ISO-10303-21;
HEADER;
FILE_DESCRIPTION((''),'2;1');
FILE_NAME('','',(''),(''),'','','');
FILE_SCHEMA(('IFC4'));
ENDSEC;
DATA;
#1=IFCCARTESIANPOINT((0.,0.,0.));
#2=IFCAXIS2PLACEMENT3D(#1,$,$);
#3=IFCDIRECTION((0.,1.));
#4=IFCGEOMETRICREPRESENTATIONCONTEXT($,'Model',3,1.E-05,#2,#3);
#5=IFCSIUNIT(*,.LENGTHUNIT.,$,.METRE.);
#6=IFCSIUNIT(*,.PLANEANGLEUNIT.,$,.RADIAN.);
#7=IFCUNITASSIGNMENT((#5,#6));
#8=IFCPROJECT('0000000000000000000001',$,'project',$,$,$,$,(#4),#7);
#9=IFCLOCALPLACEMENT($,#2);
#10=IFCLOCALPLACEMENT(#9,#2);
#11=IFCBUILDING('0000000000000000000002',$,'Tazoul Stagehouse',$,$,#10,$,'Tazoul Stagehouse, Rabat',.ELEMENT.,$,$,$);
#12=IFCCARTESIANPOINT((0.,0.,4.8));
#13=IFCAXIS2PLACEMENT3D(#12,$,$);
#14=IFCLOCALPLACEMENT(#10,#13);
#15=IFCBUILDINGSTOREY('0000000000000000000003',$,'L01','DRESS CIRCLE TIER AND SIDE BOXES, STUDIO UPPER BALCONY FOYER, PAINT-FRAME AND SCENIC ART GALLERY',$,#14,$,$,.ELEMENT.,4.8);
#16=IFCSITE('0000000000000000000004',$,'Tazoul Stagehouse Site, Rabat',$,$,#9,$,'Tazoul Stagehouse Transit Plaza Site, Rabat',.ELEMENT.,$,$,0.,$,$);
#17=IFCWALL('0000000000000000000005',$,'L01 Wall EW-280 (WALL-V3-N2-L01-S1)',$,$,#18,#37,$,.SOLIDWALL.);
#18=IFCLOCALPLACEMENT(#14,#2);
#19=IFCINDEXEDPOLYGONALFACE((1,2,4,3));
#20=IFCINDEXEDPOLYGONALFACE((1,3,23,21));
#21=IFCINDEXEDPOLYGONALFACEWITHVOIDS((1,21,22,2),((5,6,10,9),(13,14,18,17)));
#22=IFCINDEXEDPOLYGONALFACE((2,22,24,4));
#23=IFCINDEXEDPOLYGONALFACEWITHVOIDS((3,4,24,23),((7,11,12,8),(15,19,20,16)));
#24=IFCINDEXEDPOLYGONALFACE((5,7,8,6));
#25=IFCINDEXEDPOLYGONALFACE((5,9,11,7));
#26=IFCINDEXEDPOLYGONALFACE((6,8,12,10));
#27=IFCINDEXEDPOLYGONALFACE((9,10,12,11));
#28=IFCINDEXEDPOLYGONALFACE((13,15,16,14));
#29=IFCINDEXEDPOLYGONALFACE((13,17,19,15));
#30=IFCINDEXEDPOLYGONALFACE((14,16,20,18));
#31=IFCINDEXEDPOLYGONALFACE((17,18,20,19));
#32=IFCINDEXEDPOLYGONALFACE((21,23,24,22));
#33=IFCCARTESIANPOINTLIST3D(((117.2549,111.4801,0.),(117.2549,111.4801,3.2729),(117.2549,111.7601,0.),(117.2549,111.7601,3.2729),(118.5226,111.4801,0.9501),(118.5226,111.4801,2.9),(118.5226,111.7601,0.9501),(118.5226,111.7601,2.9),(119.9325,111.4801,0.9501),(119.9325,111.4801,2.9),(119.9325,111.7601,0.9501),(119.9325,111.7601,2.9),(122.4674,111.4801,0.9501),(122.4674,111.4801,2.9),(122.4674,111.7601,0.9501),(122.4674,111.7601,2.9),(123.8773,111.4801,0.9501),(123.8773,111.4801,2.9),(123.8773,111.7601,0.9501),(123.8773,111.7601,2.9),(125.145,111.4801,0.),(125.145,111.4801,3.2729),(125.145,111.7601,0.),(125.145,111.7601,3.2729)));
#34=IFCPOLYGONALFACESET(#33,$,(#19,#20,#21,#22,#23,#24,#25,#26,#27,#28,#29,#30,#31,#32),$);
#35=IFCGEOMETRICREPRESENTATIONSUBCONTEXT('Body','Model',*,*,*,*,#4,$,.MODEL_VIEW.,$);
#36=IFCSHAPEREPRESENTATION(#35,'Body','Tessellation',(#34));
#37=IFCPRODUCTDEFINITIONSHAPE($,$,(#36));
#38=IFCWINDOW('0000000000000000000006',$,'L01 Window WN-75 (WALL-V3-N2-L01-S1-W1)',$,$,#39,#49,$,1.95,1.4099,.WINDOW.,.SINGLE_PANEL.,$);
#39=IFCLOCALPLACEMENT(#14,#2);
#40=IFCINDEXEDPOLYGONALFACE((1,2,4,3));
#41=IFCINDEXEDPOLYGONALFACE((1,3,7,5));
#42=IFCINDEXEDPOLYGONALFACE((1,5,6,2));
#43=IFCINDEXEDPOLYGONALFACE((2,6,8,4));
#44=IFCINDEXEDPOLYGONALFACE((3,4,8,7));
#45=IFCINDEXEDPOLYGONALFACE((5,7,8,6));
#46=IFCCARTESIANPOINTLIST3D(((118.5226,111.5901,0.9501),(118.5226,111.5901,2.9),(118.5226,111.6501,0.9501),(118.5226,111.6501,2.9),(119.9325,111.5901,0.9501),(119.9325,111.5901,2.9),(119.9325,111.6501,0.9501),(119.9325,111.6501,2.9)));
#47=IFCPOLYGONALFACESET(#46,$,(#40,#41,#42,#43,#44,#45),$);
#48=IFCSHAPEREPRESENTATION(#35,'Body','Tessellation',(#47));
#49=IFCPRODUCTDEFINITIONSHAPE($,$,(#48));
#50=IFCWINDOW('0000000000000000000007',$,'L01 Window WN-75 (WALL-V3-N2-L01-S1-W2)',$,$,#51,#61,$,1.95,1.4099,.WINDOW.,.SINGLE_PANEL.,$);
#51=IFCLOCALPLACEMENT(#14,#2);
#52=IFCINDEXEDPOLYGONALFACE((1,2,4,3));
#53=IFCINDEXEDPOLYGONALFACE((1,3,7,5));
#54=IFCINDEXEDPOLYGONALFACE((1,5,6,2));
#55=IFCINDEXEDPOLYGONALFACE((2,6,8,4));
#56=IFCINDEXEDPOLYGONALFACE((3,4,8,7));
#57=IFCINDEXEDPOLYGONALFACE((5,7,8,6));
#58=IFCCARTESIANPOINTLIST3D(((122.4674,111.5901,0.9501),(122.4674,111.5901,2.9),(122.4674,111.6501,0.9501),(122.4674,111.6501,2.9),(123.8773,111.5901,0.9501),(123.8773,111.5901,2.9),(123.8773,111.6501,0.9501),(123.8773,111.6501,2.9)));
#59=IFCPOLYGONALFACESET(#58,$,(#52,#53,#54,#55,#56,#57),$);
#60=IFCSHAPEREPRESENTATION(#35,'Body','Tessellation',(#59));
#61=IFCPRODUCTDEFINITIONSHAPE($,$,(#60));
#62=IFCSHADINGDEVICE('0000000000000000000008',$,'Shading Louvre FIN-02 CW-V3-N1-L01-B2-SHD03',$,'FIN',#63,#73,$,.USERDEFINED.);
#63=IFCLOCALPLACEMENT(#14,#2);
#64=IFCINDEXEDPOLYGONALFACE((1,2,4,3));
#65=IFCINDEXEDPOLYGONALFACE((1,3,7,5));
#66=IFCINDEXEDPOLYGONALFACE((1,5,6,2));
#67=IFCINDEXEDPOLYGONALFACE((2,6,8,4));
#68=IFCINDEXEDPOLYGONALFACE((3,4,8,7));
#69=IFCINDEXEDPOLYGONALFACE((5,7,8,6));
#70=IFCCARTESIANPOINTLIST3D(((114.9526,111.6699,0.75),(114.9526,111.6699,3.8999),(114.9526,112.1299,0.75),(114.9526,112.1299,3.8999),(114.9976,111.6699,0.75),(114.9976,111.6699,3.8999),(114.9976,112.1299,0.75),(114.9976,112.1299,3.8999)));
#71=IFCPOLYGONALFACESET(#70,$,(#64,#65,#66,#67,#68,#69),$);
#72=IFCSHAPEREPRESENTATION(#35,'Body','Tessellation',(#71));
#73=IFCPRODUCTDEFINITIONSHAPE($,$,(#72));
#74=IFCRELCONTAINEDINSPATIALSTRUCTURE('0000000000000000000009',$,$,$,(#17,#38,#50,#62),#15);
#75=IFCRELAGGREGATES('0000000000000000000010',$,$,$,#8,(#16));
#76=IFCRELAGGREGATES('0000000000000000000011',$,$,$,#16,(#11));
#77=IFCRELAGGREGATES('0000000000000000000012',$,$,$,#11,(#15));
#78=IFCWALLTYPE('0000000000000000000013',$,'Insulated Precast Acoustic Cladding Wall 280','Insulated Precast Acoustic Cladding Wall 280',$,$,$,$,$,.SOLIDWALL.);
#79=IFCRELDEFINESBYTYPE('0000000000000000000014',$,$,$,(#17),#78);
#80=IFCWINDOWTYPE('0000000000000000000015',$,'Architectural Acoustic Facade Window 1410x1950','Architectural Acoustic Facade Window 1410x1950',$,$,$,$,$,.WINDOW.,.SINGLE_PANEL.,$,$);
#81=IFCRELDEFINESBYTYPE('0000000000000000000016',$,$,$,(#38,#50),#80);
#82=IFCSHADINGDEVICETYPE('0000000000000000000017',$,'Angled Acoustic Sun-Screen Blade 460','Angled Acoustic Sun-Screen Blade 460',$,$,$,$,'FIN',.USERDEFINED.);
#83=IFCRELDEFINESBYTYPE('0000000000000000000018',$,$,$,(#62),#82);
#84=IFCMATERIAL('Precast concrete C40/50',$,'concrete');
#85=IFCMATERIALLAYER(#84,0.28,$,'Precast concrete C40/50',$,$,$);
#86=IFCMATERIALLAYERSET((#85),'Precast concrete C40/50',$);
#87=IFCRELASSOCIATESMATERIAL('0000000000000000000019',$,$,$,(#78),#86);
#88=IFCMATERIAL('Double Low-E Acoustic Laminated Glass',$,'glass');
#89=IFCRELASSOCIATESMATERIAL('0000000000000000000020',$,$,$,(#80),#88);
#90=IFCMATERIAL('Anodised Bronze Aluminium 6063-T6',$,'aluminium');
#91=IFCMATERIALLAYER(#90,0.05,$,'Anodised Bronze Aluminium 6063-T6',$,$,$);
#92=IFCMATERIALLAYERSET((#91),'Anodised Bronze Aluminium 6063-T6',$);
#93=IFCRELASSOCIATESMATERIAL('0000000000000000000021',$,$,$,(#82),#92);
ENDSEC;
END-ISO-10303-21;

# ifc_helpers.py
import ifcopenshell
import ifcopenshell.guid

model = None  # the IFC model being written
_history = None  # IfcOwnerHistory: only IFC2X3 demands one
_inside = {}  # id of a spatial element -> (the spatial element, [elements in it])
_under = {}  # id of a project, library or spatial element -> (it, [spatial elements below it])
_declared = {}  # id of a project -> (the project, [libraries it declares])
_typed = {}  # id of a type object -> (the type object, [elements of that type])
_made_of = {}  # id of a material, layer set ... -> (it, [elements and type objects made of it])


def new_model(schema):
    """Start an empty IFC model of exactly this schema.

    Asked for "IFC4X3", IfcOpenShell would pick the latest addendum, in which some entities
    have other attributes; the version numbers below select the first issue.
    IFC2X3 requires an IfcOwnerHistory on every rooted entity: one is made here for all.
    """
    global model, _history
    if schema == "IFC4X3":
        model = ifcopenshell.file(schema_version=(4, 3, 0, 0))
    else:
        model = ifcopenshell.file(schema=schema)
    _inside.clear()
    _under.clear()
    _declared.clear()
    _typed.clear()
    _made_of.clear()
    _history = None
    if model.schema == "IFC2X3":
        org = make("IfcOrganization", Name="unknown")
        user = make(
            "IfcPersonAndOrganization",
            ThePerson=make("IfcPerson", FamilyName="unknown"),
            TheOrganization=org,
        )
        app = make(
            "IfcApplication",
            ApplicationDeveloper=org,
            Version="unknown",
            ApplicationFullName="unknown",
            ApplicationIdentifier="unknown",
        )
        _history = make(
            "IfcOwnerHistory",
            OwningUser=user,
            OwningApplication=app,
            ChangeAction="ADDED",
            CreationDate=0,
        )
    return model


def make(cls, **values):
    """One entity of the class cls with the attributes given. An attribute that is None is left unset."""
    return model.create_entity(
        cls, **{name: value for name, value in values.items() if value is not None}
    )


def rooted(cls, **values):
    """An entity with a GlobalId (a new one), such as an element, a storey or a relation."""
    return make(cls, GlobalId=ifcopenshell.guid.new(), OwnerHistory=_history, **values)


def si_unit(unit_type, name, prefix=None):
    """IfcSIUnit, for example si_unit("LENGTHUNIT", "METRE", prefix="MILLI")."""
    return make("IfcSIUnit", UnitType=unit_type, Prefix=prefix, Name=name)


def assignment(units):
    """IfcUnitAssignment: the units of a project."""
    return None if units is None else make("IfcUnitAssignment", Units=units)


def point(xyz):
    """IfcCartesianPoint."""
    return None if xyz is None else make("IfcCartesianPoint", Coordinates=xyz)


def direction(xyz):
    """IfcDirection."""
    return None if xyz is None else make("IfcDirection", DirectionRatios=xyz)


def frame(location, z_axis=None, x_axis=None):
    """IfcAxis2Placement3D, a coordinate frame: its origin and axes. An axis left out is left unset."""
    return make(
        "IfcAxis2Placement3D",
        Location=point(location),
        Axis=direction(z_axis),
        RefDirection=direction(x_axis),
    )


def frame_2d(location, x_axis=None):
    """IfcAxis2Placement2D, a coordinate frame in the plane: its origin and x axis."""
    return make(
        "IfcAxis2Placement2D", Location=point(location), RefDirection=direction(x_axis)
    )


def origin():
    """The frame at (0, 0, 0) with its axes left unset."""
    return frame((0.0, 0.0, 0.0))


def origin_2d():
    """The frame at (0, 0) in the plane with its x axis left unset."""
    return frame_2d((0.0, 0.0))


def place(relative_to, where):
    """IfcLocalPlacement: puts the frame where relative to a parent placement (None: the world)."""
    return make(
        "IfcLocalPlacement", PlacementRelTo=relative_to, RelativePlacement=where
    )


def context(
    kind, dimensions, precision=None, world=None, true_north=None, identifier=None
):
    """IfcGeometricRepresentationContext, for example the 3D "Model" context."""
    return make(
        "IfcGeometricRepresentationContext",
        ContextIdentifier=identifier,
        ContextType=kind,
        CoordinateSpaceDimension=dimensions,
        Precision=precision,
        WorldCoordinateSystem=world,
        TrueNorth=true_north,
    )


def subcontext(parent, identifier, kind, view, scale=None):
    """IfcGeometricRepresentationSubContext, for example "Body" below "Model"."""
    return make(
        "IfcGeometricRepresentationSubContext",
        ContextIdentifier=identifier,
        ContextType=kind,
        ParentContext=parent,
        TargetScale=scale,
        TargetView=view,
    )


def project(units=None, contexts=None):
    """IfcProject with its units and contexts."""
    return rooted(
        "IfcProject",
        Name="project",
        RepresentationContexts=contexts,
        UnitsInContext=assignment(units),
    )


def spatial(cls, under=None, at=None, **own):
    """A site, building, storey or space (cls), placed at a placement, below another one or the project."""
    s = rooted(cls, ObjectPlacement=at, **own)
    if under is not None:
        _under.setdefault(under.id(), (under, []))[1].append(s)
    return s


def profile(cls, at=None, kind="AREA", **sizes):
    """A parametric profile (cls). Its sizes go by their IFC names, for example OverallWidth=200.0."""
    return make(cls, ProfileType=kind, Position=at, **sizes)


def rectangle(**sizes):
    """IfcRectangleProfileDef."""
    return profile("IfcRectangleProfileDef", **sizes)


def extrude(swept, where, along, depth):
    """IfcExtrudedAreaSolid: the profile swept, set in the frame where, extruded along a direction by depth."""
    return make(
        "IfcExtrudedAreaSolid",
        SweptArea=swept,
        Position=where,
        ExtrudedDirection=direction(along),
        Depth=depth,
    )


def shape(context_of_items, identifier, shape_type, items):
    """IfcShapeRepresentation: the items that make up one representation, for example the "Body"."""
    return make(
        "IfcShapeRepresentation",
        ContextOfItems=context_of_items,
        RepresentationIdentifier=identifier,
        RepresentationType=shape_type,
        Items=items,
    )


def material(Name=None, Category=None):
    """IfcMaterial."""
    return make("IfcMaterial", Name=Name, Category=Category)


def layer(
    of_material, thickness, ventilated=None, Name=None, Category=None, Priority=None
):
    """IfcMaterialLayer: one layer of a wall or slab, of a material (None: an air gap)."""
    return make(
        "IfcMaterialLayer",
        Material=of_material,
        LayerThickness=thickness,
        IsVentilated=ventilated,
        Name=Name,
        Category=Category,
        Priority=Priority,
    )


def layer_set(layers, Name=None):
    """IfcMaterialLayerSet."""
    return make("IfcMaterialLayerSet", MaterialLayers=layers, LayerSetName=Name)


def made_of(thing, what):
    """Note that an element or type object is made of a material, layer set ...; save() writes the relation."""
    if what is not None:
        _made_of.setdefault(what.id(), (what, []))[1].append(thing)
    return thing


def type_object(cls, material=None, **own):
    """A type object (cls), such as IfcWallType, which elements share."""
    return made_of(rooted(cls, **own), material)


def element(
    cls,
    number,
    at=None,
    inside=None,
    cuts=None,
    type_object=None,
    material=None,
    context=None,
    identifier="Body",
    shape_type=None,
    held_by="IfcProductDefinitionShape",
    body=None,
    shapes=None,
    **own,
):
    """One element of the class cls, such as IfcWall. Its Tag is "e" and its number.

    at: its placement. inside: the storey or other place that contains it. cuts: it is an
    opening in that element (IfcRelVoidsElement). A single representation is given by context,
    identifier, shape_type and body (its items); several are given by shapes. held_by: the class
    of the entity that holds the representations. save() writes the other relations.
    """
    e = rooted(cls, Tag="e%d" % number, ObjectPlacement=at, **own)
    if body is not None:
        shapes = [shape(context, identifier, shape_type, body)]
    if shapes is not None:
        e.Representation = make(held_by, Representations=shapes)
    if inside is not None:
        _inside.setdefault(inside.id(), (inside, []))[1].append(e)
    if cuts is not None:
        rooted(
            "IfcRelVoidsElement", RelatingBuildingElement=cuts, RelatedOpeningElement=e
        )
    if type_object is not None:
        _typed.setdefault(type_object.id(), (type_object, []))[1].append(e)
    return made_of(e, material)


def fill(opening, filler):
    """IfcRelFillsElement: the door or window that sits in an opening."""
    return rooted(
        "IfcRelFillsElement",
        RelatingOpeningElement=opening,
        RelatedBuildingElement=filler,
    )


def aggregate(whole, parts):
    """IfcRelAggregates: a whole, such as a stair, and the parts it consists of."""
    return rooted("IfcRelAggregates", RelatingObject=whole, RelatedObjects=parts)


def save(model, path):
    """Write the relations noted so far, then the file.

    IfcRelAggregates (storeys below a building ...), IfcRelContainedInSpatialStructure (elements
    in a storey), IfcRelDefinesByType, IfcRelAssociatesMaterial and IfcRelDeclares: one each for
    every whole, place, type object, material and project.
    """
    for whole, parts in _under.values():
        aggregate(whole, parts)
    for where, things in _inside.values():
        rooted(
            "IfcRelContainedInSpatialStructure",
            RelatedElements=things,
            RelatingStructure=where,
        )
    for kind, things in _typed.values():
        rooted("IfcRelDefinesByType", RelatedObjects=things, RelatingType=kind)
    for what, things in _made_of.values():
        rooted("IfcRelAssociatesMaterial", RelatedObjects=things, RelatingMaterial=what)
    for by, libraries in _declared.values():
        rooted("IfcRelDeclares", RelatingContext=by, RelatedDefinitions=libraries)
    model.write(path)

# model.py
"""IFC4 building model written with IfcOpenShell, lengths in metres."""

from ifc_helpers import new_model, si_unit, direction, frame, frame_2d, origin, origin_2d, place, context, subcontext, project, spatial, rectangle, extrude, material, layer, layer_set, type_object, element, fill, save


model = new_model("IFC4")

# Units and contexts
model_context = context("Model", 3, precision=1e-05, world=origin(), true_north=direction((0.0, 1.0)))
body_context = subcontext(model_context, "Body", "Model", "MODEL_VIEW")
ifc_project = project(units=[si_unit("LENGTHUNIT", "METRE"), si_unit("PLANEANGLEUNIT", "RADIAN")], contexts=[model_context])

# Site, building, storey
site_placement = place(None, origin())
site = spatial("IfcSite", under=ifc_project, at=site_placement, Name="Tazoul Stagehouse Site, Rabat", LongName="Tazoul Stagehouse Transit Plaza Site, Rabat", CompositionType="ELEMENT", RefElevation=0.0)
building_placement = place(site_placement, origin())
building = spatial("IfcBuilding", under=site, at=building_placement, Name="Tazoul Stagehouse", LongName="Tazoul Stagehouse, Rabat", CompositionType="ELEMENT")
storey_placement = place(building_placement, frame((0.0, 0.0, 4.8)))
storey = spatial("IfcBuildingStorey", under=building, at=storey_placement, Name="L01", Description="DRESS CIRCLE TIER AND SIDE BOXES, STUDIO UPPER BALCONY FOYER, PAINT-FRAME AND SCENIC ART GALLERY", CompositionType="ELEMENT", Elevation=4.8)

# Shared definitions
ifc_material_1 = material(Name="Anodised Bronze Aluminium 6063-T6", Category="aluminium")

# Wall, openings, windows
ifc_material_2 = material(Name="Precast concrete C40/50", Category="concrete")
ifc_layer_1 = layer(ifc_material_2, 0.28, Name="Precast concrete C40/50")
ifc_layer_set_1 = layer_set([ifc_layer_1], Name="Precast concrete C40/50")
wall_type_1 = type_object("IfcWallType", Name="Insulated Precast Acoustic Cladding Wall 280", Description="Insulated Precast Acoustic Cladding Wall 280", PredefinedType="SOLIDWALL", material=ifc_layer_set_1)
wall_1_placement = place(storey_placement, frame((117.2549, 111.6201, 0.0), z_axis=(0.0, 0.0, 1.0), x_axis=(1.0, 0.0, 0.0)))
wall_1 = element("IfcWall", 1, at=wall_1_placement, inside=storey, type_object=wall_type_1, Name="L01 Wall EW-280 (WALL-V3-N2-L01-S1)", PredefinedType="SOLIDWALL", context=body_context, shape_type="SweptSolid", body=[
    extrude(rectangle(XDim=7.8901, YDim=0.28, at=frame_2d((3.9451, 0.0))), origin(), (0.0, 0.0, 1.0), 3.2729),
])
opening_1_placement = place(wall_1_placement, frame((1.2676, 0.0, 0.95)))
opening_1 = element("IfcOpeningElement", 2, at=opening_1_placement, cuts=wall_1, PredefinedType="OPENING", context=body_context, shape_type="SweptSolid", body=[
    extrude(rectangle(XDim=1.4099, YDim=1.95, at=frame_2d((0.7051, 0.9751))), frame((0.0, 0.1599, 0.0), z_axis=(0.0, -1.0, 0.0), x_axis=(1.0, 0.0, 0.0)), (0.0, 0.0, 1.0), 0.3201),
])
opening_2_placement = place(wall_1_placement, frame((5.2124, 0.0, 0.95)))
opening_2 = element("IfcOpeningElement", 3, at=opening_2_placement, cuts=wall_1, PredefinedType="OPENING", context=body_context, shape_type="SweptSolid", body=[
    extrude(rectangle(XDim=1.4099, YDim=1.95, at=frame_2d((0.7051, 0.9751))), frame((0.0, 0.1599, 0.0), z_axis=(0.0, -1.0, 0.0), x_axis=(1.0, 0.0, 0.0)), (0.0, 0.0, 1.0), 0.3201),
])
ifc_material_3 = material(Name="Double Low-E Acoustic Laminated Glass", Category="glass")
window_type = type_object("IfcWindowType", Name="Architectural Acoustic Facade Window 1410x1950", Description="Architectural Acoustic Facade Window 1410x1950", PartitioningType="SINGLE_PANEL", PredefinedType="WINDOW", material=ifc_material_3)
window_1_placement = place(opening_1_placement, origin())
window_1 = element("IfcWindow", 4, at=window_1_placement, inside=storey, type_object=window_type, Name="L01 Window WN-75 (WALL-V3-N2-L01-S1-W1)", OverallHeight=1.95, OverallWidth=1.4099, PartitioningType="SINGLE_PANEL", PredefinedType="WINDOW", context=body_context, shape_type="SweptSolid", body=[
    extrude(rectangle(XDim=1.4099, YDim=1.95, at=frame_2d((0.7051, 0.9751))), frame((0.0, 0.03, 0.0), z_axis=(0.0, -1.0, 0.0), x_axis=(1.0, 0.0, 0.0)), (0.0, 0.0, 1.0), 0.0601),
])
fill(opening_1, window_1)
window_2_placement = place(opening_2_placement, origin())
window_2 = element("IfcWindow", 5, at=window_2_placement, inside=storey, type_object=window_type, Name="L01 Window WN-75 (WALL-V3-N2-L01-S1-W2)", OverallHeight=1.95, OverallWidth=1.4099, PartitioningType="SINGLE_PANEL", PredefinedType="WINDOW", context=body_context, shape_type="SweptSolid", body=[
    extrude(rectangle(XDim=1.4099, YDim=1.95, at=frame_2d((0.7051, 0.9751))), frame((0.0, 0.03, 0.0), z_axis=(0.0, -1.0, 0.0), x_axis=(1.0, 0.0, 0.0)), (0.0, 0.0, 1.0), 0.0601),
])
fill(opening_2, window_2)

# Shading device
ifc_layer_2 = layer(ifc_material_1, 0.05, Name="Anodised Bronze Aluminium 6063-T6")
ifc_layer_set_2 = layer_set([ifc_layer_2], Name="Anodised Bronze Aluminium 6063-T6")
shading_device_type = type_object("IfcShadingDeviceType", Name="Angled Acoustic Sun-Screen Blade 460", Description="Angled Acoustic Sun-Screen Blade 460", ElementType="FIN", PredefinedType="USERDEFINED", material=ifc_layer_set_2)
shading_device_placement = place(storey_placement, frame((114.9751, 111.8999, 0.75), z_axis=(0.0, 0.0, 1.0), x_axis=(1.0, 0.0, 0.0)))
element("IfcShadingDevice", 6, at=shading_device_placement, inside=storey, type_object=shading_device_type, Name="Shading Louvre FIN-02 CW-V3-N1-L01-B2-SHD03", ObjectType="FIN", PredefinedType="USERDEFINED", context=body_context, shape_type="SweptSolid", body=[
    extrude(rectangle(XDim=0.0449, YDim=0.46, at=origin_2d()), origin(), (0.0, 0.0, 1.0), 3.1499),
])

save(model, "model.ifc")
